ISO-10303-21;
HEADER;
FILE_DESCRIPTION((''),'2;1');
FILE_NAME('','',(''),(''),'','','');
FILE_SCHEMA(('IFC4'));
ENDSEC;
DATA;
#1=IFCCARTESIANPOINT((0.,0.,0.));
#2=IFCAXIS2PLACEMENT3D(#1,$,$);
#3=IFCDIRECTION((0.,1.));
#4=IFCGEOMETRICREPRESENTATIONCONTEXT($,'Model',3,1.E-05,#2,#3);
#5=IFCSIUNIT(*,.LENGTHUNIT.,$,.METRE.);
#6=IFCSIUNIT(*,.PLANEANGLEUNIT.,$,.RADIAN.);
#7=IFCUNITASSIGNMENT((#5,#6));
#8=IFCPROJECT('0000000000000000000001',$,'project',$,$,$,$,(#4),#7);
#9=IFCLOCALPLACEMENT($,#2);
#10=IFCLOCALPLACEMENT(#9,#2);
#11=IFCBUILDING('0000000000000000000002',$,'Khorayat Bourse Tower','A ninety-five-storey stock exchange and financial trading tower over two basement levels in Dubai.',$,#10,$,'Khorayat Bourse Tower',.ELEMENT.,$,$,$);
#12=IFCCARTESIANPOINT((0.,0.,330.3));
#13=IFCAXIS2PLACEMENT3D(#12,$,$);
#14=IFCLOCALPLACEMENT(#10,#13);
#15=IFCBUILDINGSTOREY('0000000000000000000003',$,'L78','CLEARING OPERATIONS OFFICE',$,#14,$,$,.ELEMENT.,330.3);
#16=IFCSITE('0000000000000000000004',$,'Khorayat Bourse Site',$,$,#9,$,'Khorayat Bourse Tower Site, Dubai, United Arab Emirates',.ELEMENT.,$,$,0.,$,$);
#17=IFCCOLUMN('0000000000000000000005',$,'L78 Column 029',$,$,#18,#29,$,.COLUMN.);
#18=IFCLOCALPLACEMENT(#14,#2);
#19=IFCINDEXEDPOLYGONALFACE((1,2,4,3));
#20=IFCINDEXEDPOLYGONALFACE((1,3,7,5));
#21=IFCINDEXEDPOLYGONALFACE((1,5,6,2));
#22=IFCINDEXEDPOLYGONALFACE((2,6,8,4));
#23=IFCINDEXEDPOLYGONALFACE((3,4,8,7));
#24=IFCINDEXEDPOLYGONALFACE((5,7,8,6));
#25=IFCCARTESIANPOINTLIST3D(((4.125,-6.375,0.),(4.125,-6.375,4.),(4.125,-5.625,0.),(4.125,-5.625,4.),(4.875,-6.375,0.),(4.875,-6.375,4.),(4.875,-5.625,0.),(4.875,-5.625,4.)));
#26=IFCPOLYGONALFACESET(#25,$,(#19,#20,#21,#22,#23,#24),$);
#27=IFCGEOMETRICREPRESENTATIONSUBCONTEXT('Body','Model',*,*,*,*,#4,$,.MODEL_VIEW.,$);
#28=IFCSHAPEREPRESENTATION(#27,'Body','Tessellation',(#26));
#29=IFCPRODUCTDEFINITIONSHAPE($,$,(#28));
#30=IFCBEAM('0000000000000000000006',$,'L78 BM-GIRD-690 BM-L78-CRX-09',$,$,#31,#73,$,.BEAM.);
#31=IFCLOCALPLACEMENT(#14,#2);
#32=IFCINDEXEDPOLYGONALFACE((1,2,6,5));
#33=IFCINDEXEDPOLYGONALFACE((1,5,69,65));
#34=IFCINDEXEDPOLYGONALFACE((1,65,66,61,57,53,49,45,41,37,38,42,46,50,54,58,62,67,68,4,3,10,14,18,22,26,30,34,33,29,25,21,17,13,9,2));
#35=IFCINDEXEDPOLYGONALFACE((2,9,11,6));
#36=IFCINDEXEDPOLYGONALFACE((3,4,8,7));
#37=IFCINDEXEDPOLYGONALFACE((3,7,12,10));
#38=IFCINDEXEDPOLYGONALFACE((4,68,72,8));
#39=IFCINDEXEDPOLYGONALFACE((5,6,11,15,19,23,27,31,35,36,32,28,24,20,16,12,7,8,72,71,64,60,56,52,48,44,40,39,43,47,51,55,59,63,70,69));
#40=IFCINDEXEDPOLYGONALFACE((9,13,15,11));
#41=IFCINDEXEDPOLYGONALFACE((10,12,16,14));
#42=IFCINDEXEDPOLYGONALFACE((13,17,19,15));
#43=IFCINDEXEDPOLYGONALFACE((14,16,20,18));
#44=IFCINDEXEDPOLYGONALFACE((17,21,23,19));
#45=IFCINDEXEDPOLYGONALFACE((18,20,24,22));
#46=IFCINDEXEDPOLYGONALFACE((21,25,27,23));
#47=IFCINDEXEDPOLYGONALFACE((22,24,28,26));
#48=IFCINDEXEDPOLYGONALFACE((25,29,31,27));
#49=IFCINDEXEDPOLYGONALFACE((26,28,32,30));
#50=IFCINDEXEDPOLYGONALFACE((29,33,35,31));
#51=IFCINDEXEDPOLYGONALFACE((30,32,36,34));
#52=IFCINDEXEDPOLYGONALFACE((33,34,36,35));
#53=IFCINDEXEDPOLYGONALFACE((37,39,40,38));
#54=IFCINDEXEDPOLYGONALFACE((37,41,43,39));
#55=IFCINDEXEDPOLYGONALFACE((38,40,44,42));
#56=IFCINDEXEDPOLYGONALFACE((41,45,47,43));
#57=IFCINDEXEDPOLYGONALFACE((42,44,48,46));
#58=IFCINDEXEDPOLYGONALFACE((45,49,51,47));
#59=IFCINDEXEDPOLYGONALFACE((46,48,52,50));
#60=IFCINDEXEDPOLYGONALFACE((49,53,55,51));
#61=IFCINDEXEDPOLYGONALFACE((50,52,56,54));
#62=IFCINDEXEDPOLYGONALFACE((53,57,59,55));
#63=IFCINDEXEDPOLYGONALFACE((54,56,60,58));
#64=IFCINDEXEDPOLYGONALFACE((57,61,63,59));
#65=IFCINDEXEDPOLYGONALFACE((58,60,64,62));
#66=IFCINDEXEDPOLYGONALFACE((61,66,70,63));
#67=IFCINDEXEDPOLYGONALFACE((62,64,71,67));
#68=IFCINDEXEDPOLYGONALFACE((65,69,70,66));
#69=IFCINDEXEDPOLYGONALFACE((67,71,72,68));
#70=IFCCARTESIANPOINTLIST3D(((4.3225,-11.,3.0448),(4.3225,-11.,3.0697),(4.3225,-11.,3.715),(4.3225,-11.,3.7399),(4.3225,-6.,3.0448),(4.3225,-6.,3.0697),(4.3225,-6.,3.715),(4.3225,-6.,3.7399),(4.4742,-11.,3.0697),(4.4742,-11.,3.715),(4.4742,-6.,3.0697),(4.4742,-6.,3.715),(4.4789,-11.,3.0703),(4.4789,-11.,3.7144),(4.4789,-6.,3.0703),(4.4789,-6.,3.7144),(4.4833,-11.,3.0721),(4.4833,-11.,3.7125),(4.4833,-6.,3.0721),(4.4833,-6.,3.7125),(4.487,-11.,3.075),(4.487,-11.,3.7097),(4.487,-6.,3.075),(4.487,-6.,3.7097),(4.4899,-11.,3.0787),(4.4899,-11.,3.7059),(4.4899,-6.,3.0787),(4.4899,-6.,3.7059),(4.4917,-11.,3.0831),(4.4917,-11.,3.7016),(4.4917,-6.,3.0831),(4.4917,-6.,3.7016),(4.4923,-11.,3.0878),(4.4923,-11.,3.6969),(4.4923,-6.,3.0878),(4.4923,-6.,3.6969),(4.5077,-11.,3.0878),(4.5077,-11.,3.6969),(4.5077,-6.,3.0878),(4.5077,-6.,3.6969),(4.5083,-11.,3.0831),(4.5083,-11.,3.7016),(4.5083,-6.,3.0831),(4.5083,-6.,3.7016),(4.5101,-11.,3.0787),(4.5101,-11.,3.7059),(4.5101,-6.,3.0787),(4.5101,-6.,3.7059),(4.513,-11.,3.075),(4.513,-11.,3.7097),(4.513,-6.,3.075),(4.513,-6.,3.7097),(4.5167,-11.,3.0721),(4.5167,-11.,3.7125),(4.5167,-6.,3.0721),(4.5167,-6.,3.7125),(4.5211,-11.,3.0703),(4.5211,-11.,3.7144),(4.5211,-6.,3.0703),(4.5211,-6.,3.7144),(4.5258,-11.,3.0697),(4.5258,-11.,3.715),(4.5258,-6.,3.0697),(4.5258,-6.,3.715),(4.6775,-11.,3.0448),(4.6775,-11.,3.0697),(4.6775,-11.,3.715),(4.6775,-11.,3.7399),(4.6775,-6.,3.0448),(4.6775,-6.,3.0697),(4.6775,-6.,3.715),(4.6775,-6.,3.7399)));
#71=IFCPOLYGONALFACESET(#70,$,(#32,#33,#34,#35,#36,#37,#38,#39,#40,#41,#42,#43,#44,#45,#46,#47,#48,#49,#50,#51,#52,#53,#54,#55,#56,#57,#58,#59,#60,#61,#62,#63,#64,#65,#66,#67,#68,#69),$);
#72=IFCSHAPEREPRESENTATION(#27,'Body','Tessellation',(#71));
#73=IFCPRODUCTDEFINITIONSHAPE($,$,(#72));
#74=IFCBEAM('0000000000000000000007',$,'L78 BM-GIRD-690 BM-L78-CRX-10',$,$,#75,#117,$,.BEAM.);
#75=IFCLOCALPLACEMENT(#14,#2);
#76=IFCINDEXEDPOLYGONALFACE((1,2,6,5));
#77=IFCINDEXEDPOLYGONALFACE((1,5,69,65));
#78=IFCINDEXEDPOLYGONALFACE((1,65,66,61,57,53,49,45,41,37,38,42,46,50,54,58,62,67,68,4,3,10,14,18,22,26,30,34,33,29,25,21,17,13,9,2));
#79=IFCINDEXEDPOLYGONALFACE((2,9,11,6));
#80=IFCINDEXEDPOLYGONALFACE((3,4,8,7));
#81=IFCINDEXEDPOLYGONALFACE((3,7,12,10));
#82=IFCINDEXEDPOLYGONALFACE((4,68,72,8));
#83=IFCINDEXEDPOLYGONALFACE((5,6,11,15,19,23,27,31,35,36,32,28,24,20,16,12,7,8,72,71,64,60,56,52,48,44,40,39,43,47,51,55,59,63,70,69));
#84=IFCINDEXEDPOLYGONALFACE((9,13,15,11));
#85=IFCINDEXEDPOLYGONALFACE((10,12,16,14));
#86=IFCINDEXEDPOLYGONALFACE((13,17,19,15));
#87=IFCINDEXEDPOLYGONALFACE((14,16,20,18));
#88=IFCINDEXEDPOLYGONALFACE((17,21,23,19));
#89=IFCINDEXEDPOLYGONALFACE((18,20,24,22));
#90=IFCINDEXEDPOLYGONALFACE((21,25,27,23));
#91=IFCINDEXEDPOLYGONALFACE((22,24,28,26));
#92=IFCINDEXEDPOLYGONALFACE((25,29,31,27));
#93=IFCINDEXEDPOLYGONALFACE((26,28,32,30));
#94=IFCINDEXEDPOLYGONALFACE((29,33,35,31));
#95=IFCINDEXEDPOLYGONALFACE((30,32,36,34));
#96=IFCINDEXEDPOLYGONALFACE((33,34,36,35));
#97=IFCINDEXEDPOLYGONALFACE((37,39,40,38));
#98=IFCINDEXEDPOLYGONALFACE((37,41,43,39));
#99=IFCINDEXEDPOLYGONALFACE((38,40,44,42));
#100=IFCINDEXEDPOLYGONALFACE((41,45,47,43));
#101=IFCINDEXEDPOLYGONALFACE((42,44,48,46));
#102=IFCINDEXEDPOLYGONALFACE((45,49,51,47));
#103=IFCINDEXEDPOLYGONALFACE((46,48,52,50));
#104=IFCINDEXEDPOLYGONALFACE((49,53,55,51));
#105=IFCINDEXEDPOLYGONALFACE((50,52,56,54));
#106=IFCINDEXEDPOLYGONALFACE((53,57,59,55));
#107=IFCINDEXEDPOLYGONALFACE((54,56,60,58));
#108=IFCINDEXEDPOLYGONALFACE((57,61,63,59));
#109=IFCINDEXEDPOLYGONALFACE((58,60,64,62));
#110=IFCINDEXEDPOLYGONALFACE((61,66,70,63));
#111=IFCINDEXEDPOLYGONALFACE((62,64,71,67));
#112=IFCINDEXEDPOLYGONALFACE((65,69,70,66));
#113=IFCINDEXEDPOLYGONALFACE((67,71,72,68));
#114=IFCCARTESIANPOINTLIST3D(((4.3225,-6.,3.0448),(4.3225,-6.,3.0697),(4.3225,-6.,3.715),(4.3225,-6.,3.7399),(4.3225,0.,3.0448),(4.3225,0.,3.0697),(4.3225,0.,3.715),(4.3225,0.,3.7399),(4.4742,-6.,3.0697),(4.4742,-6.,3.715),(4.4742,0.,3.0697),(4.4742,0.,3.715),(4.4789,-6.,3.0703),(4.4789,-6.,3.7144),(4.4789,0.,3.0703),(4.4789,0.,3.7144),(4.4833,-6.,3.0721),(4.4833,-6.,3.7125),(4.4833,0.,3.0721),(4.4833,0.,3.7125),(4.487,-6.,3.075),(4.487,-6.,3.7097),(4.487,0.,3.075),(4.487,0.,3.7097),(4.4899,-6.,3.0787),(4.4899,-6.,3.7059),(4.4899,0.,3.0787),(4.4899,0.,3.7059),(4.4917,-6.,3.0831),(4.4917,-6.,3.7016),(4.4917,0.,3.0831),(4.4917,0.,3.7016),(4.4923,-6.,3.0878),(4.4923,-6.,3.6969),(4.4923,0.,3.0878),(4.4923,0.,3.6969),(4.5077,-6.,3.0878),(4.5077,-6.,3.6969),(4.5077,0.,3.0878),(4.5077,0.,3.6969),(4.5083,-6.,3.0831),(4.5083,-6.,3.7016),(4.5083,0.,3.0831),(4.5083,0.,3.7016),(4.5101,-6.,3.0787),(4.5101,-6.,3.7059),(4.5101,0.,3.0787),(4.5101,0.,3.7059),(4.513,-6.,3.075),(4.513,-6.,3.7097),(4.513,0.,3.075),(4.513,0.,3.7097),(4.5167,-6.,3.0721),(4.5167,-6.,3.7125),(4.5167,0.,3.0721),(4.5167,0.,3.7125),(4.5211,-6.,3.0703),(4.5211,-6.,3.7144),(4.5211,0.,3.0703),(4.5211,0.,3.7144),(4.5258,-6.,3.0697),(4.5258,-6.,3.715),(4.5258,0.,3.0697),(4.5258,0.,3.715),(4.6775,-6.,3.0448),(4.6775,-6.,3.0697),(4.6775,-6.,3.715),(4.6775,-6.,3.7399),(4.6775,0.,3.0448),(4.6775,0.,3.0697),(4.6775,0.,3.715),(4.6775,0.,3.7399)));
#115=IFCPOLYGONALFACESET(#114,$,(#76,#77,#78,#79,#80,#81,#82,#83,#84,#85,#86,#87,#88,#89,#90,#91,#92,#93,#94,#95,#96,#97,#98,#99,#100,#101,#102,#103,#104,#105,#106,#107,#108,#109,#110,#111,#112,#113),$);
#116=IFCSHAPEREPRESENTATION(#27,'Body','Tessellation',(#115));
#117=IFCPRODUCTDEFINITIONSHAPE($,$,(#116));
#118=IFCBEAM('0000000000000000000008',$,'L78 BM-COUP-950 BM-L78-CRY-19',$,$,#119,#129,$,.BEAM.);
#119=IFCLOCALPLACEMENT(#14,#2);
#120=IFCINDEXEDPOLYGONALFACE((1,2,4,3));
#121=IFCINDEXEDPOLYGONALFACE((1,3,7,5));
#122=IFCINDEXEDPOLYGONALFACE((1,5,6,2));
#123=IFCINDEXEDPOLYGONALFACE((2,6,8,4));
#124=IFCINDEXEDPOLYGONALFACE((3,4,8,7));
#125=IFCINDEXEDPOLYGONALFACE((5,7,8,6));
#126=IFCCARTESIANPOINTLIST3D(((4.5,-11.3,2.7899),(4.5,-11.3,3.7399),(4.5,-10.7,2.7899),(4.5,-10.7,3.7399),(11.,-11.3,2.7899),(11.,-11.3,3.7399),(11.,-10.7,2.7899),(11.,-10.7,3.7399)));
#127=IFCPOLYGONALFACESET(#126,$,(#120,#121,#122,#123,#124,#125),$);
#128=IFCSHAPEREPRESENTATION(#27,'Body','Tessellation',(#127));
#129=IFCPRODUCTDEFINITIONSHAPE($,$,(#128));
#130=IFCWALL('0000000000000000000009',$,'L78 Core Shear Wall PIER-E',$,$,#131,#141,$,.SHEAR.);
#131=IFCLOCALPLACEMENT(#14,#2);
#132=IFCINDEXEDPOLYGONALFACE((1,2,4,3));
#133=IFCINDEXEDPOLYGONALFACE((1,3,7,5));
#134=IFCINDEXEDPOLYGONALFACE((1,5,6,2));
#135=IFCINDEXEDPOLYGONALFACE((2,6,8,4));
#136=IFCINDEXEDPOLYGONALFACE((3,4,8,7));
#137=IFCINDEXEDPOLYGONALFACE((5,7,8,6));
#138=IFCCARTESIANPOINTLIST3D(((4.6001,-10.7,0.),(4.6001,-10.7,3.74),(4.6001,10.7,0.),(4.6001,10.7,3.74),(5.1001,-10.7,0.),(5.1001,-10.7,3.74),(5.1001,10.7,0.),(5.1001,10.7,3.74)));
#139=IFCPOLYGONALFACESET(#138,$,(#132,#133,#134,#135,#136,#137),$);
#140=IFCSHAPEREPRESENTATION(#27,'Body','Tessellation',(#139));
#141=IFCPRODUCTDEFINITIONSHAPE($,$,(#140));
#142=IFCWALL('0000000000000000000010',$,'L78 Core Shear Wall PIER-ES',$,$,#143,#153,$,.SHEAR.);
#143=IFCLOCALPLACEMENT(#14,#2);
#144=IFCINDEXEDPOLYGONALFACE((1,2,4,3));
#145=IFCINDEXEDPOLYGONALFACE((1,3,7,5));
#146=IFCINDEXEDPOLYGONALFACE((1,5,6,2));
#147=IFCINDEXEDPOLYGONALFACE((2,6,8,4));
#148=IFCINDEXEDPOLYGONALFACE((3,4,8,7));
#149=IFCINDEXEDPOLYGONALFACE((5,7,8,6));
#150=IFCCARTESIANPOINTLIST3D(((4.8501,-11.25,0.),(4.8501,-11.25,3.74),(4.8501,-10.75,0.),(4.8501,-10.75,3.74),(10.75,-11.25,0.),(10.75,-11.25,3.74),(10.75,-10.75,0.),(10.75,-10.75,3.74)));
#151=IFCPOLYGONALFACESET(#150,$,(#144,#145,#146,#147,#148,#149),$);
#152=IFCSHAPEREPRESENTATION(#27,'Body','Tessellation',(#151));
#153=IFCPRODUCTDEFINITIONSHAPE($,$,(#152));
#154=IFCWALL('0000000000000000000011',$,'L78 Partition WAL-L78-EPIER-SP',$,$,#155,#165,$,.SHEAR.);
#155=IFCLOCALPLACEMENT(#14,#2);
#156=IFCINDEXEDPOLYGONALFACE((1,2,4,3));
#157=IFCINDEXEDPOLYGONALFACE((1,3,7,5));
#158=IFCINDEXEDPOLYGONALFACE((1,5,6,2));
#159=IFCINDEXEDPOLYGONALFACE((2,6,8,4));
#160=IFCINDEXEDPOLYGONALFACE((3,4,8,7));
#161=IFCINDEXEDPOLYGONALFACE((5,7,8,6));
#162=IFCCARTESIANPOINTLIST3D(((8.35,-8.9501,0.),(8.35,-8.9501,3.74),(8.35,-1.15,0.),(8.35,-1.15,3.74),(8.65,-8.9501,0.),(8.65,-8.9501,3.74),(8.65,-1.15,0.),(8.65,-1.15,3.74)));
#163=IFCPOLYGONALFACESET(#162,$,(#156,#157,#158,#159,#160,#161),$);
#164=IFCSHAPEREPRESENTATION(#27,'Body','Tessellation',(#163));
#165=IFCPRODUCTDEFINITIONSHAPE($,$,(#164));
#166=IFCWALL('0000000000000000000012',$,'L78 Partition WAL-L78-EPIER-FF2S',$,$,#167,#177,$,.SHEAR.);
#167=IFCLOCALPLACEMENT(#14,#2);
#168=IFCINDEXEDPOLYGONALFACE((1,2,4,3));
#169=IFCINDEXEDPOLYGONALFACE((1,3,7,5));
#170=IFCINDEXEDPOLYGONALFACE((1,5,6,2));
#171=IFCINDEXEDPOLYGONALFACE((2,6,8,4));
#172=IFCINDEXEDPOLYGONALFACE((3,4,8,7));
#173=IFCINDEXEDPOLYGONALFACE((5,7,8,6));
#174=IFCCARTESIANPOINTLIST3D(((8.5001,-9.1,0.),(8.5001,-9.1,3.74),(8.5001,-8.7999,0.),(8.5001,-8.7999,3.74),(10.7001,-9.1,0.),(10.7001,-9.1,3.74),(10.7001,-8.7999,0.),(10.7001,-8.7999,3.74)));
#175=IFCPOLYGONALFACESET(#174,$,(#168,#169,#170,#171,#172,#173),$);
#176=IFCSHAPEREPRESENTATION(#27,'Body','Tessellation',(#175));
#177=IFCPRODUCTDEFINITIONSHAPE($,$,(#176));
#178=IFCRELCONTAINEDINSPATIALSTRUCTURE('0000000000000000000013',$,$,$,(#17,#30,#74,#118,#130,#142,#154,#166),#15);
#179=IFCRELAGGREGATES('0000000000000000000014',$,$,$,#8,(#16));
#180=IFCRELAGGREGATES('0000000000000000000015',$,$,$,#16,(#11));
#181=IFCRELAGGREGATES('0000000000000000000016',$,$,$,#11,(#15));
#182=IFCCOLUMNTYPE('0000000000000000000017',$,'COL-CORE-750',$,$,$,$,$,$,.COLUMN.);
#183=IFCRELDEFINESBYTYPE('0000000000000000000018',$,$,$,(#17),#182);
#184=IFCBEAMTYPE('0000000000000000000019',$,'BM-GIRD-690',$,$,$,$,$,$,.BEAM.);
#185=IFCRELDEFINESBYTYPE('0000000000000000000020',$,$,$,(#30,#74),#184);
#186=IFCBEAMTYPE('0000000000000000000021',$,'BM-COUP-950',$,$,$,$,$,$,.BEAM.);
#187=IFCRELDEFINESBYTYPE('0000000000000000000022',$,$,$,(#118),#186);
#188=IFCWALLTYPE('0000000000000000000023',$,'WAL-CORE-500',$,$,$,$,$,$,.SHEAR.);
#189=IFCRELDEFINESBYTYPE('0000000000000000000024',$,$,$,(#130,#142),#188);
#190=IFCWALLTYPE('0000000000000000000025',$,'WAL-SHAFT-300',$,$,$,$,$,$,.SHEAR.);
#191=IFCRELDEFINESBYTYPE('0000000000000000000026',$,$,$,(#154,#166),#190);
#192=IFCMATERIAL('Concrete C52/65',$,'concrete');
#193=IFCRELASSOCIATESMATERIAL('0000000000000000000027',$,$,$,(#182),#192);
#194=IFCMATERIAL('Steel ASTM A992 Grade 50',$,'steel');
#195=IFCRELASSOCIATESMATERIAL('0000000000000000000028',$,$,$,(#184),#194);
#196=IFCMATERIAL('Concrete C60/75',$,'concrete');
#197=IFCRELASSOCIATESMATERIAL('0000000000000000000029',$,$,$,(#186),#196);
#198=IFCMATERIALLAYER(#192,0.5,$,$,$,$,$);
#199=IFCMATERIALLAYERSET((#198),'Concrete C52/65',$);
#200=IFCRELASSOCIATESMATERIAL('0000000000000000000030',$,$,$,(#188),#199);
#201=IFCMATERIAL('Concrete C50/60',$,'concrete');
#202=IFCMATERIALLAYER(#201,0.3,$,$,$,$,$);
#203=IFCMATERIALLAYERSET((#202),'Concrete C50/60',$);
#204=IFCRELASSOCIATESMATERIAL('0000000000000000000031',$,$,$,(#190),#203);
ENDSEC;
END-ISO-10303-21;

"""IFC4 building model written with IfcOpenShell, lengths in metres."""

from ifc_helpers import new_model, si_unit, direction, frame, frame_2d, origin, origin_2d, place, context, subcontext, project, spatial, rectangle, i_section, extrude, source, transform, mapped, material, layer, layer_set, material_profile, profile_set, type_object, element, save


model = new_model("IFC4")

# Units and contexts
model_context = context("Model", 3, precision=1e-05, world=origin(), true_north=direction((0.0, 1.0)))
body_context = subcontext(model_context, "Body", "Model", "MODEL_VIEW")
ifc_project = project(units=[si_unit("LENGTHUNIT", "METRE"), si_unit("PLANEANGLEUNIT", "RADIAN")], contexts=[model_context])

# Site, building, storey
site_placement = place(None, origin())
site = spatial("IfcSite", under=ifc_project, at=site_placement, Name="Khorayat Bourse Site", LongName="Khorayat Bourse Tower Site, Dubai, United Arab Emirates", CompositionType="ELEMENT", RefElevation=0.0)
building_placement = place(site_placement, origin())
building = spatial("IfcBuilding", under=site, at=building_placement, Name="Khorayat Bourse Tower", Description="A ninety-five-storey stock exchange and financial trading tower over two basement levels in Dubai.", LongName="Khorayat Bourse Tower", CompositionType="ELEMENT")
storey_placement = place(building_placement, frame((0.0, 0.0, 330.3)))
storey = spatial("IfcBuildingStorey", under=building, at=storey_placement, Name="L78", Description="CLEARING OPERATIONS OFFICE", CompositionType="ELEMENT", Elevation=330.3)

# Column
ifc_material_1 = material(Name="Concrete C52/65", Category="concrete")
ifc_material_profile_1 = material_profile(ifc_material_1, rectangle(XDim=0.75, YDim=0.75, at=origin_2d()), Name="RC 750x750")
ifc_profile_set_1 = profile_set([ifc_material_profile_1], Name="Concrete C52/65")
column_type = type_object("IfcColumnType", Name="COL-CORE-750", PredefinedType="COLUMN", material=ifc_profile_set_1)
shared_shape_1 = source(origin(), body_context, "Body", "SweptSolid", [
    extrude(rectangle(XDim=0.75, YDim=0.75, at=origin_2d()), origin(), (0.0, 0.0, 1.0), 4.0),
])
column_placement = place(storey_placement, frame((4.5, -6.0, 0.0), z_axis=(0.0, 0.0, 1.0), x_axis=(1.0, 0.0, 0.0)))
element("IfcColumn", 1, at=column_placement, inside=storey, type_object=column_type, Name="L78 Column 029", PredefinedType="COLUMN", context=body_context, shape_type="MappedRepresentation", body=[
    mapped(shared_shape_1, transform((0.0, 0.0, 0.0), scale=1.0)),
])

# Beams
ifc_material_2 = material(Name="Steel ASTM A992 Grade 50", Category="steel")
ifc_material_profile_2 = material_profile(ifc_material_2, i_section(OverallWidth=0.355, OverallDepth=0.6951, WebThickness=0.0154, FlangeThickness=0.0249, FilletRadius=0.0181, at=origin_2d()), Name="W690X217")
ifc_profile_set_2 = profile_set([ifc_material_profile_2], Name="Steel ASTM A992 Grade 50")
beam_type_1 = type_object("IfcBeamType", Name="BM-GIRD-690", PredefinedType="BEAM", material=ifc_profile_set_2)
shared_shape_2 = source(origin(), body_context, "Body", "SweptSolid", [
    extrude(i_section(OverallWidth=0.355, OverallDepth=0.6951, WebThickness=0.0154, FlangeThickness=0.0249, FilletRadius=0.0181, at=origin_2d()), origin(), (0.0, 0.0, 1.0), 5.0),
])
beam_1_placement = place(storey_placement, frame((4.5, -11.0, 3.3923), z_axis=(0.0, 1.0, 0.0), x_axis=(-1.0, 0.0, 0.0)))
element("IfcBeam", 2, at=beam_1_placement, inside=storey, type_object=beam_type_1, Name="L78 BM-GIRD-690 BM-L78-CRX-09", PredefinedType="BEAM", context=body_context, shape_type="MappedRepresentation", body=[
    mapped(shared_shape_2, transform((0.0, 0.0, 0.0), scale=1.0)),
])
shared_shape_3 = source(origin(), body_context, "Body", "SweptSolid", [
    extrude(i_section(OverallWidth=0.355, OverallDepth=0.6951, WebThickness=0.0154, FlangeThickness=0.0249, FilletRadius=0.0181, at=origin_2d()), origin(), (0.0, 0.0, 1.0), 6.0),
])
beam_2_placement = place(storey_placement, frame((4.5, -6.0, 3.3923), z_axis=(0.0, 1.0, 0.0), x_axis=(-1.0, 0.0, 0.0)))
element("IfcBeam", 3, at=beam_2_placement, inside=storey, type_object=beam_type_1, Name="L78 BM-GIRD-690 BM-L78-CRX-10", PredefinedType="BEAM", context=body_context, shape_type="MappedRepresentation", body=[
    mapped(shared_shape_3, transform((0.0, 0.0, 0.0), scale=1.0)),
])
ifc_material_3 = material(Name="Concrete C60/75", Category="concrete")
ifc_material_profile_3 = material_profile(ifc_material_3, rectangle(XDim=0.6001, YDim=0.95, at=origin_2d()), Name="RC 600x950")
ifc_profile_set_3 = profile_set([ifc_material_profile_3], Name="Concrete C60/75")
beam_type_2 = type_object("IfcBeamType", Name="BM-COUP-950", PredefinedType="BEAM", material=ifc_profile_set_3)
shared_shape_4 = source(origin(), body_context, "Body", "SweptSolid", [
    extrude(rectangle(XDim=0.6001, YDim=0.95, at=origin_2d()), origin(), (0.0, 0.0, 1.0), 6.5),
])
beam_3_placement = place(storey_placement, frame((4.5, -11.0, 3.2649), z_axis=(1.0, 0.0, 0.0), x_axis=(0.0, 1.0, 0.0)))
element("IfcBeam", 4, at=beam_3_placement, inside=storey, type_object=beam_type_2, Name="L78 BM-COUP-950 BM-L78-CRY-19", PredefinedType="BEAM", context=body_context, shape_type="MappedRepresentation", body=[
    mapped(shared_shape_4, transform((0.0, 0.0, 0.0), scale=1.0)),
])

# Walls
ifc_layer_1 = layer(ifc_material_1, 0.5)
ifc_layer_set_1 = layer_set([ifc_layer_1], Name="Concrete C52/65")
wall_type_1 = type_object("IfcWallType", Name="WAL-CORE-500", PredefinedType="SHEAR", material=ifc_layer_set_1)
shared_shape_5 = source(origin(), body_context, "Body", "SweptSolid", [
    extrude(rectangle(XDim=21.3999, YDim=0.5, at=frame_2d((10.7, 0.0))), origin(), (0.0, 0.0, 1.0), 3.74),
])
wall_1_placement = place(storey_placement, frame((4.8501, -10.7, 0.0), z_axis=(0.0, 0.0, 1.0), x_axis=(0.0, 1.0, 0.0)))
element("IfcWall", 5, at=wall_1_placement, inside=storey, type_object=wall_type_1, Name="L78 Core Shear Wall PIER-E", PredefinedType="SHEAR", context=body_context, shape_type="MappedRepresentation", body=[
    mapped(shared_shape_5, transform((0.0, 0.0, 0.0), scale=1.0)),
])
shared_shape_6 = source(origin(), body_context, "Body", "SweptSolid", [
    extrude(rectangle(XDim=5.8999, YDim=0.5, at=frame_2d((2.95, 0.0))), origin(), (0.0, 0.0, 1.0), 3.74),
])
wall_2_placement = place(storey_placement, frame((4.8501, -11.0, 0.0), z_axis=(0.0, 0.0, 1.0), x_axis=(1.0, 0.0, 0.0)))
element("IfcWall", 6, at=wall_2_placement, inside=storey, type_object=wall_type_1, Name="L78 Core Shear Wall PIER-ES", PredefinedType="SHEAR", context=body_context, shape_type="MappedRepresentation", body=[
    mapped(shared_shape_6, transform((0.0, 0.0, 0.0), scale=1.0)),
])
ifc_material_4 = material(Name="Concrete C50/60", Category="concrete")
ifc_layer_2 = layer(ifc_material_4, 0.3)
ifc_layer_set_2 = layer_set([ifc_layer_2], Name="Concrete C50/60")
wall_type_2 = type_object("IfcWallType", Name="WAL-SHAFT-300", PredefinedType="SHEAR", material=ifc_layer_set_2)
shared_shape_7 = source(origin(), body_context, "Body", "SweptSolid", [
    extrude(rectangle(XDim=7.8, YDim=0.3, at=frame_2d((3.8999, 0.0))), origin(), (0.0, 0.0, 1.0), 3.74),
])
wall_3_placement = place(storey_placement, frame((8.5, -8.95, 0.0), z_axis=(0.0, 0.0, 1.0), x_axis=(0.0, 1.0, 0.0)))
element("IfcWall", 7, at=wall_3_placement, inside=storey, type_object=wall_type_2, Name="L78 Partition WAL-L78-EPIER-SP", PredefinedType="SHEAR", context=body_context, shape_type="MappedRepresentation", body=[
    mapped(shared_shape_7, transform((0.0, 0.0, 0.0), scale=1.0)),
])
shared_shape_8 = source(origin(), body_context, "Body", "SweptSolid", [
    extrude(rectangle(XDim=2.2, YDim=0.3, at=frame_2d((1.1001, 0.0))), origin(), (0.0, 0.0, 1.0), 3.74),
])
for number, where, z_axis, x_axis, name in (
    (8, (8.5, -8.95, 0.0), (0.0, 0.0, 1.0), (1.0, 0.0, 0.0), "L78 Partition WAL-L78-EPIER-FF2S"),
):
    element("IfcWall", number, at=place(storey_placement, frame(where, z_axis=z_axis, x_axis=x_axis)), inside=storey, type_object=wall_type_2, Name=name, PredefinedType="SHEAR", context=body_context, shape_type="MappedRepresentation", body=[
        mapped(shared_shape_8, transform((0.0, 0.0, 0.0), scale=1.0)),
    ])

save(model, "model.ifc")
